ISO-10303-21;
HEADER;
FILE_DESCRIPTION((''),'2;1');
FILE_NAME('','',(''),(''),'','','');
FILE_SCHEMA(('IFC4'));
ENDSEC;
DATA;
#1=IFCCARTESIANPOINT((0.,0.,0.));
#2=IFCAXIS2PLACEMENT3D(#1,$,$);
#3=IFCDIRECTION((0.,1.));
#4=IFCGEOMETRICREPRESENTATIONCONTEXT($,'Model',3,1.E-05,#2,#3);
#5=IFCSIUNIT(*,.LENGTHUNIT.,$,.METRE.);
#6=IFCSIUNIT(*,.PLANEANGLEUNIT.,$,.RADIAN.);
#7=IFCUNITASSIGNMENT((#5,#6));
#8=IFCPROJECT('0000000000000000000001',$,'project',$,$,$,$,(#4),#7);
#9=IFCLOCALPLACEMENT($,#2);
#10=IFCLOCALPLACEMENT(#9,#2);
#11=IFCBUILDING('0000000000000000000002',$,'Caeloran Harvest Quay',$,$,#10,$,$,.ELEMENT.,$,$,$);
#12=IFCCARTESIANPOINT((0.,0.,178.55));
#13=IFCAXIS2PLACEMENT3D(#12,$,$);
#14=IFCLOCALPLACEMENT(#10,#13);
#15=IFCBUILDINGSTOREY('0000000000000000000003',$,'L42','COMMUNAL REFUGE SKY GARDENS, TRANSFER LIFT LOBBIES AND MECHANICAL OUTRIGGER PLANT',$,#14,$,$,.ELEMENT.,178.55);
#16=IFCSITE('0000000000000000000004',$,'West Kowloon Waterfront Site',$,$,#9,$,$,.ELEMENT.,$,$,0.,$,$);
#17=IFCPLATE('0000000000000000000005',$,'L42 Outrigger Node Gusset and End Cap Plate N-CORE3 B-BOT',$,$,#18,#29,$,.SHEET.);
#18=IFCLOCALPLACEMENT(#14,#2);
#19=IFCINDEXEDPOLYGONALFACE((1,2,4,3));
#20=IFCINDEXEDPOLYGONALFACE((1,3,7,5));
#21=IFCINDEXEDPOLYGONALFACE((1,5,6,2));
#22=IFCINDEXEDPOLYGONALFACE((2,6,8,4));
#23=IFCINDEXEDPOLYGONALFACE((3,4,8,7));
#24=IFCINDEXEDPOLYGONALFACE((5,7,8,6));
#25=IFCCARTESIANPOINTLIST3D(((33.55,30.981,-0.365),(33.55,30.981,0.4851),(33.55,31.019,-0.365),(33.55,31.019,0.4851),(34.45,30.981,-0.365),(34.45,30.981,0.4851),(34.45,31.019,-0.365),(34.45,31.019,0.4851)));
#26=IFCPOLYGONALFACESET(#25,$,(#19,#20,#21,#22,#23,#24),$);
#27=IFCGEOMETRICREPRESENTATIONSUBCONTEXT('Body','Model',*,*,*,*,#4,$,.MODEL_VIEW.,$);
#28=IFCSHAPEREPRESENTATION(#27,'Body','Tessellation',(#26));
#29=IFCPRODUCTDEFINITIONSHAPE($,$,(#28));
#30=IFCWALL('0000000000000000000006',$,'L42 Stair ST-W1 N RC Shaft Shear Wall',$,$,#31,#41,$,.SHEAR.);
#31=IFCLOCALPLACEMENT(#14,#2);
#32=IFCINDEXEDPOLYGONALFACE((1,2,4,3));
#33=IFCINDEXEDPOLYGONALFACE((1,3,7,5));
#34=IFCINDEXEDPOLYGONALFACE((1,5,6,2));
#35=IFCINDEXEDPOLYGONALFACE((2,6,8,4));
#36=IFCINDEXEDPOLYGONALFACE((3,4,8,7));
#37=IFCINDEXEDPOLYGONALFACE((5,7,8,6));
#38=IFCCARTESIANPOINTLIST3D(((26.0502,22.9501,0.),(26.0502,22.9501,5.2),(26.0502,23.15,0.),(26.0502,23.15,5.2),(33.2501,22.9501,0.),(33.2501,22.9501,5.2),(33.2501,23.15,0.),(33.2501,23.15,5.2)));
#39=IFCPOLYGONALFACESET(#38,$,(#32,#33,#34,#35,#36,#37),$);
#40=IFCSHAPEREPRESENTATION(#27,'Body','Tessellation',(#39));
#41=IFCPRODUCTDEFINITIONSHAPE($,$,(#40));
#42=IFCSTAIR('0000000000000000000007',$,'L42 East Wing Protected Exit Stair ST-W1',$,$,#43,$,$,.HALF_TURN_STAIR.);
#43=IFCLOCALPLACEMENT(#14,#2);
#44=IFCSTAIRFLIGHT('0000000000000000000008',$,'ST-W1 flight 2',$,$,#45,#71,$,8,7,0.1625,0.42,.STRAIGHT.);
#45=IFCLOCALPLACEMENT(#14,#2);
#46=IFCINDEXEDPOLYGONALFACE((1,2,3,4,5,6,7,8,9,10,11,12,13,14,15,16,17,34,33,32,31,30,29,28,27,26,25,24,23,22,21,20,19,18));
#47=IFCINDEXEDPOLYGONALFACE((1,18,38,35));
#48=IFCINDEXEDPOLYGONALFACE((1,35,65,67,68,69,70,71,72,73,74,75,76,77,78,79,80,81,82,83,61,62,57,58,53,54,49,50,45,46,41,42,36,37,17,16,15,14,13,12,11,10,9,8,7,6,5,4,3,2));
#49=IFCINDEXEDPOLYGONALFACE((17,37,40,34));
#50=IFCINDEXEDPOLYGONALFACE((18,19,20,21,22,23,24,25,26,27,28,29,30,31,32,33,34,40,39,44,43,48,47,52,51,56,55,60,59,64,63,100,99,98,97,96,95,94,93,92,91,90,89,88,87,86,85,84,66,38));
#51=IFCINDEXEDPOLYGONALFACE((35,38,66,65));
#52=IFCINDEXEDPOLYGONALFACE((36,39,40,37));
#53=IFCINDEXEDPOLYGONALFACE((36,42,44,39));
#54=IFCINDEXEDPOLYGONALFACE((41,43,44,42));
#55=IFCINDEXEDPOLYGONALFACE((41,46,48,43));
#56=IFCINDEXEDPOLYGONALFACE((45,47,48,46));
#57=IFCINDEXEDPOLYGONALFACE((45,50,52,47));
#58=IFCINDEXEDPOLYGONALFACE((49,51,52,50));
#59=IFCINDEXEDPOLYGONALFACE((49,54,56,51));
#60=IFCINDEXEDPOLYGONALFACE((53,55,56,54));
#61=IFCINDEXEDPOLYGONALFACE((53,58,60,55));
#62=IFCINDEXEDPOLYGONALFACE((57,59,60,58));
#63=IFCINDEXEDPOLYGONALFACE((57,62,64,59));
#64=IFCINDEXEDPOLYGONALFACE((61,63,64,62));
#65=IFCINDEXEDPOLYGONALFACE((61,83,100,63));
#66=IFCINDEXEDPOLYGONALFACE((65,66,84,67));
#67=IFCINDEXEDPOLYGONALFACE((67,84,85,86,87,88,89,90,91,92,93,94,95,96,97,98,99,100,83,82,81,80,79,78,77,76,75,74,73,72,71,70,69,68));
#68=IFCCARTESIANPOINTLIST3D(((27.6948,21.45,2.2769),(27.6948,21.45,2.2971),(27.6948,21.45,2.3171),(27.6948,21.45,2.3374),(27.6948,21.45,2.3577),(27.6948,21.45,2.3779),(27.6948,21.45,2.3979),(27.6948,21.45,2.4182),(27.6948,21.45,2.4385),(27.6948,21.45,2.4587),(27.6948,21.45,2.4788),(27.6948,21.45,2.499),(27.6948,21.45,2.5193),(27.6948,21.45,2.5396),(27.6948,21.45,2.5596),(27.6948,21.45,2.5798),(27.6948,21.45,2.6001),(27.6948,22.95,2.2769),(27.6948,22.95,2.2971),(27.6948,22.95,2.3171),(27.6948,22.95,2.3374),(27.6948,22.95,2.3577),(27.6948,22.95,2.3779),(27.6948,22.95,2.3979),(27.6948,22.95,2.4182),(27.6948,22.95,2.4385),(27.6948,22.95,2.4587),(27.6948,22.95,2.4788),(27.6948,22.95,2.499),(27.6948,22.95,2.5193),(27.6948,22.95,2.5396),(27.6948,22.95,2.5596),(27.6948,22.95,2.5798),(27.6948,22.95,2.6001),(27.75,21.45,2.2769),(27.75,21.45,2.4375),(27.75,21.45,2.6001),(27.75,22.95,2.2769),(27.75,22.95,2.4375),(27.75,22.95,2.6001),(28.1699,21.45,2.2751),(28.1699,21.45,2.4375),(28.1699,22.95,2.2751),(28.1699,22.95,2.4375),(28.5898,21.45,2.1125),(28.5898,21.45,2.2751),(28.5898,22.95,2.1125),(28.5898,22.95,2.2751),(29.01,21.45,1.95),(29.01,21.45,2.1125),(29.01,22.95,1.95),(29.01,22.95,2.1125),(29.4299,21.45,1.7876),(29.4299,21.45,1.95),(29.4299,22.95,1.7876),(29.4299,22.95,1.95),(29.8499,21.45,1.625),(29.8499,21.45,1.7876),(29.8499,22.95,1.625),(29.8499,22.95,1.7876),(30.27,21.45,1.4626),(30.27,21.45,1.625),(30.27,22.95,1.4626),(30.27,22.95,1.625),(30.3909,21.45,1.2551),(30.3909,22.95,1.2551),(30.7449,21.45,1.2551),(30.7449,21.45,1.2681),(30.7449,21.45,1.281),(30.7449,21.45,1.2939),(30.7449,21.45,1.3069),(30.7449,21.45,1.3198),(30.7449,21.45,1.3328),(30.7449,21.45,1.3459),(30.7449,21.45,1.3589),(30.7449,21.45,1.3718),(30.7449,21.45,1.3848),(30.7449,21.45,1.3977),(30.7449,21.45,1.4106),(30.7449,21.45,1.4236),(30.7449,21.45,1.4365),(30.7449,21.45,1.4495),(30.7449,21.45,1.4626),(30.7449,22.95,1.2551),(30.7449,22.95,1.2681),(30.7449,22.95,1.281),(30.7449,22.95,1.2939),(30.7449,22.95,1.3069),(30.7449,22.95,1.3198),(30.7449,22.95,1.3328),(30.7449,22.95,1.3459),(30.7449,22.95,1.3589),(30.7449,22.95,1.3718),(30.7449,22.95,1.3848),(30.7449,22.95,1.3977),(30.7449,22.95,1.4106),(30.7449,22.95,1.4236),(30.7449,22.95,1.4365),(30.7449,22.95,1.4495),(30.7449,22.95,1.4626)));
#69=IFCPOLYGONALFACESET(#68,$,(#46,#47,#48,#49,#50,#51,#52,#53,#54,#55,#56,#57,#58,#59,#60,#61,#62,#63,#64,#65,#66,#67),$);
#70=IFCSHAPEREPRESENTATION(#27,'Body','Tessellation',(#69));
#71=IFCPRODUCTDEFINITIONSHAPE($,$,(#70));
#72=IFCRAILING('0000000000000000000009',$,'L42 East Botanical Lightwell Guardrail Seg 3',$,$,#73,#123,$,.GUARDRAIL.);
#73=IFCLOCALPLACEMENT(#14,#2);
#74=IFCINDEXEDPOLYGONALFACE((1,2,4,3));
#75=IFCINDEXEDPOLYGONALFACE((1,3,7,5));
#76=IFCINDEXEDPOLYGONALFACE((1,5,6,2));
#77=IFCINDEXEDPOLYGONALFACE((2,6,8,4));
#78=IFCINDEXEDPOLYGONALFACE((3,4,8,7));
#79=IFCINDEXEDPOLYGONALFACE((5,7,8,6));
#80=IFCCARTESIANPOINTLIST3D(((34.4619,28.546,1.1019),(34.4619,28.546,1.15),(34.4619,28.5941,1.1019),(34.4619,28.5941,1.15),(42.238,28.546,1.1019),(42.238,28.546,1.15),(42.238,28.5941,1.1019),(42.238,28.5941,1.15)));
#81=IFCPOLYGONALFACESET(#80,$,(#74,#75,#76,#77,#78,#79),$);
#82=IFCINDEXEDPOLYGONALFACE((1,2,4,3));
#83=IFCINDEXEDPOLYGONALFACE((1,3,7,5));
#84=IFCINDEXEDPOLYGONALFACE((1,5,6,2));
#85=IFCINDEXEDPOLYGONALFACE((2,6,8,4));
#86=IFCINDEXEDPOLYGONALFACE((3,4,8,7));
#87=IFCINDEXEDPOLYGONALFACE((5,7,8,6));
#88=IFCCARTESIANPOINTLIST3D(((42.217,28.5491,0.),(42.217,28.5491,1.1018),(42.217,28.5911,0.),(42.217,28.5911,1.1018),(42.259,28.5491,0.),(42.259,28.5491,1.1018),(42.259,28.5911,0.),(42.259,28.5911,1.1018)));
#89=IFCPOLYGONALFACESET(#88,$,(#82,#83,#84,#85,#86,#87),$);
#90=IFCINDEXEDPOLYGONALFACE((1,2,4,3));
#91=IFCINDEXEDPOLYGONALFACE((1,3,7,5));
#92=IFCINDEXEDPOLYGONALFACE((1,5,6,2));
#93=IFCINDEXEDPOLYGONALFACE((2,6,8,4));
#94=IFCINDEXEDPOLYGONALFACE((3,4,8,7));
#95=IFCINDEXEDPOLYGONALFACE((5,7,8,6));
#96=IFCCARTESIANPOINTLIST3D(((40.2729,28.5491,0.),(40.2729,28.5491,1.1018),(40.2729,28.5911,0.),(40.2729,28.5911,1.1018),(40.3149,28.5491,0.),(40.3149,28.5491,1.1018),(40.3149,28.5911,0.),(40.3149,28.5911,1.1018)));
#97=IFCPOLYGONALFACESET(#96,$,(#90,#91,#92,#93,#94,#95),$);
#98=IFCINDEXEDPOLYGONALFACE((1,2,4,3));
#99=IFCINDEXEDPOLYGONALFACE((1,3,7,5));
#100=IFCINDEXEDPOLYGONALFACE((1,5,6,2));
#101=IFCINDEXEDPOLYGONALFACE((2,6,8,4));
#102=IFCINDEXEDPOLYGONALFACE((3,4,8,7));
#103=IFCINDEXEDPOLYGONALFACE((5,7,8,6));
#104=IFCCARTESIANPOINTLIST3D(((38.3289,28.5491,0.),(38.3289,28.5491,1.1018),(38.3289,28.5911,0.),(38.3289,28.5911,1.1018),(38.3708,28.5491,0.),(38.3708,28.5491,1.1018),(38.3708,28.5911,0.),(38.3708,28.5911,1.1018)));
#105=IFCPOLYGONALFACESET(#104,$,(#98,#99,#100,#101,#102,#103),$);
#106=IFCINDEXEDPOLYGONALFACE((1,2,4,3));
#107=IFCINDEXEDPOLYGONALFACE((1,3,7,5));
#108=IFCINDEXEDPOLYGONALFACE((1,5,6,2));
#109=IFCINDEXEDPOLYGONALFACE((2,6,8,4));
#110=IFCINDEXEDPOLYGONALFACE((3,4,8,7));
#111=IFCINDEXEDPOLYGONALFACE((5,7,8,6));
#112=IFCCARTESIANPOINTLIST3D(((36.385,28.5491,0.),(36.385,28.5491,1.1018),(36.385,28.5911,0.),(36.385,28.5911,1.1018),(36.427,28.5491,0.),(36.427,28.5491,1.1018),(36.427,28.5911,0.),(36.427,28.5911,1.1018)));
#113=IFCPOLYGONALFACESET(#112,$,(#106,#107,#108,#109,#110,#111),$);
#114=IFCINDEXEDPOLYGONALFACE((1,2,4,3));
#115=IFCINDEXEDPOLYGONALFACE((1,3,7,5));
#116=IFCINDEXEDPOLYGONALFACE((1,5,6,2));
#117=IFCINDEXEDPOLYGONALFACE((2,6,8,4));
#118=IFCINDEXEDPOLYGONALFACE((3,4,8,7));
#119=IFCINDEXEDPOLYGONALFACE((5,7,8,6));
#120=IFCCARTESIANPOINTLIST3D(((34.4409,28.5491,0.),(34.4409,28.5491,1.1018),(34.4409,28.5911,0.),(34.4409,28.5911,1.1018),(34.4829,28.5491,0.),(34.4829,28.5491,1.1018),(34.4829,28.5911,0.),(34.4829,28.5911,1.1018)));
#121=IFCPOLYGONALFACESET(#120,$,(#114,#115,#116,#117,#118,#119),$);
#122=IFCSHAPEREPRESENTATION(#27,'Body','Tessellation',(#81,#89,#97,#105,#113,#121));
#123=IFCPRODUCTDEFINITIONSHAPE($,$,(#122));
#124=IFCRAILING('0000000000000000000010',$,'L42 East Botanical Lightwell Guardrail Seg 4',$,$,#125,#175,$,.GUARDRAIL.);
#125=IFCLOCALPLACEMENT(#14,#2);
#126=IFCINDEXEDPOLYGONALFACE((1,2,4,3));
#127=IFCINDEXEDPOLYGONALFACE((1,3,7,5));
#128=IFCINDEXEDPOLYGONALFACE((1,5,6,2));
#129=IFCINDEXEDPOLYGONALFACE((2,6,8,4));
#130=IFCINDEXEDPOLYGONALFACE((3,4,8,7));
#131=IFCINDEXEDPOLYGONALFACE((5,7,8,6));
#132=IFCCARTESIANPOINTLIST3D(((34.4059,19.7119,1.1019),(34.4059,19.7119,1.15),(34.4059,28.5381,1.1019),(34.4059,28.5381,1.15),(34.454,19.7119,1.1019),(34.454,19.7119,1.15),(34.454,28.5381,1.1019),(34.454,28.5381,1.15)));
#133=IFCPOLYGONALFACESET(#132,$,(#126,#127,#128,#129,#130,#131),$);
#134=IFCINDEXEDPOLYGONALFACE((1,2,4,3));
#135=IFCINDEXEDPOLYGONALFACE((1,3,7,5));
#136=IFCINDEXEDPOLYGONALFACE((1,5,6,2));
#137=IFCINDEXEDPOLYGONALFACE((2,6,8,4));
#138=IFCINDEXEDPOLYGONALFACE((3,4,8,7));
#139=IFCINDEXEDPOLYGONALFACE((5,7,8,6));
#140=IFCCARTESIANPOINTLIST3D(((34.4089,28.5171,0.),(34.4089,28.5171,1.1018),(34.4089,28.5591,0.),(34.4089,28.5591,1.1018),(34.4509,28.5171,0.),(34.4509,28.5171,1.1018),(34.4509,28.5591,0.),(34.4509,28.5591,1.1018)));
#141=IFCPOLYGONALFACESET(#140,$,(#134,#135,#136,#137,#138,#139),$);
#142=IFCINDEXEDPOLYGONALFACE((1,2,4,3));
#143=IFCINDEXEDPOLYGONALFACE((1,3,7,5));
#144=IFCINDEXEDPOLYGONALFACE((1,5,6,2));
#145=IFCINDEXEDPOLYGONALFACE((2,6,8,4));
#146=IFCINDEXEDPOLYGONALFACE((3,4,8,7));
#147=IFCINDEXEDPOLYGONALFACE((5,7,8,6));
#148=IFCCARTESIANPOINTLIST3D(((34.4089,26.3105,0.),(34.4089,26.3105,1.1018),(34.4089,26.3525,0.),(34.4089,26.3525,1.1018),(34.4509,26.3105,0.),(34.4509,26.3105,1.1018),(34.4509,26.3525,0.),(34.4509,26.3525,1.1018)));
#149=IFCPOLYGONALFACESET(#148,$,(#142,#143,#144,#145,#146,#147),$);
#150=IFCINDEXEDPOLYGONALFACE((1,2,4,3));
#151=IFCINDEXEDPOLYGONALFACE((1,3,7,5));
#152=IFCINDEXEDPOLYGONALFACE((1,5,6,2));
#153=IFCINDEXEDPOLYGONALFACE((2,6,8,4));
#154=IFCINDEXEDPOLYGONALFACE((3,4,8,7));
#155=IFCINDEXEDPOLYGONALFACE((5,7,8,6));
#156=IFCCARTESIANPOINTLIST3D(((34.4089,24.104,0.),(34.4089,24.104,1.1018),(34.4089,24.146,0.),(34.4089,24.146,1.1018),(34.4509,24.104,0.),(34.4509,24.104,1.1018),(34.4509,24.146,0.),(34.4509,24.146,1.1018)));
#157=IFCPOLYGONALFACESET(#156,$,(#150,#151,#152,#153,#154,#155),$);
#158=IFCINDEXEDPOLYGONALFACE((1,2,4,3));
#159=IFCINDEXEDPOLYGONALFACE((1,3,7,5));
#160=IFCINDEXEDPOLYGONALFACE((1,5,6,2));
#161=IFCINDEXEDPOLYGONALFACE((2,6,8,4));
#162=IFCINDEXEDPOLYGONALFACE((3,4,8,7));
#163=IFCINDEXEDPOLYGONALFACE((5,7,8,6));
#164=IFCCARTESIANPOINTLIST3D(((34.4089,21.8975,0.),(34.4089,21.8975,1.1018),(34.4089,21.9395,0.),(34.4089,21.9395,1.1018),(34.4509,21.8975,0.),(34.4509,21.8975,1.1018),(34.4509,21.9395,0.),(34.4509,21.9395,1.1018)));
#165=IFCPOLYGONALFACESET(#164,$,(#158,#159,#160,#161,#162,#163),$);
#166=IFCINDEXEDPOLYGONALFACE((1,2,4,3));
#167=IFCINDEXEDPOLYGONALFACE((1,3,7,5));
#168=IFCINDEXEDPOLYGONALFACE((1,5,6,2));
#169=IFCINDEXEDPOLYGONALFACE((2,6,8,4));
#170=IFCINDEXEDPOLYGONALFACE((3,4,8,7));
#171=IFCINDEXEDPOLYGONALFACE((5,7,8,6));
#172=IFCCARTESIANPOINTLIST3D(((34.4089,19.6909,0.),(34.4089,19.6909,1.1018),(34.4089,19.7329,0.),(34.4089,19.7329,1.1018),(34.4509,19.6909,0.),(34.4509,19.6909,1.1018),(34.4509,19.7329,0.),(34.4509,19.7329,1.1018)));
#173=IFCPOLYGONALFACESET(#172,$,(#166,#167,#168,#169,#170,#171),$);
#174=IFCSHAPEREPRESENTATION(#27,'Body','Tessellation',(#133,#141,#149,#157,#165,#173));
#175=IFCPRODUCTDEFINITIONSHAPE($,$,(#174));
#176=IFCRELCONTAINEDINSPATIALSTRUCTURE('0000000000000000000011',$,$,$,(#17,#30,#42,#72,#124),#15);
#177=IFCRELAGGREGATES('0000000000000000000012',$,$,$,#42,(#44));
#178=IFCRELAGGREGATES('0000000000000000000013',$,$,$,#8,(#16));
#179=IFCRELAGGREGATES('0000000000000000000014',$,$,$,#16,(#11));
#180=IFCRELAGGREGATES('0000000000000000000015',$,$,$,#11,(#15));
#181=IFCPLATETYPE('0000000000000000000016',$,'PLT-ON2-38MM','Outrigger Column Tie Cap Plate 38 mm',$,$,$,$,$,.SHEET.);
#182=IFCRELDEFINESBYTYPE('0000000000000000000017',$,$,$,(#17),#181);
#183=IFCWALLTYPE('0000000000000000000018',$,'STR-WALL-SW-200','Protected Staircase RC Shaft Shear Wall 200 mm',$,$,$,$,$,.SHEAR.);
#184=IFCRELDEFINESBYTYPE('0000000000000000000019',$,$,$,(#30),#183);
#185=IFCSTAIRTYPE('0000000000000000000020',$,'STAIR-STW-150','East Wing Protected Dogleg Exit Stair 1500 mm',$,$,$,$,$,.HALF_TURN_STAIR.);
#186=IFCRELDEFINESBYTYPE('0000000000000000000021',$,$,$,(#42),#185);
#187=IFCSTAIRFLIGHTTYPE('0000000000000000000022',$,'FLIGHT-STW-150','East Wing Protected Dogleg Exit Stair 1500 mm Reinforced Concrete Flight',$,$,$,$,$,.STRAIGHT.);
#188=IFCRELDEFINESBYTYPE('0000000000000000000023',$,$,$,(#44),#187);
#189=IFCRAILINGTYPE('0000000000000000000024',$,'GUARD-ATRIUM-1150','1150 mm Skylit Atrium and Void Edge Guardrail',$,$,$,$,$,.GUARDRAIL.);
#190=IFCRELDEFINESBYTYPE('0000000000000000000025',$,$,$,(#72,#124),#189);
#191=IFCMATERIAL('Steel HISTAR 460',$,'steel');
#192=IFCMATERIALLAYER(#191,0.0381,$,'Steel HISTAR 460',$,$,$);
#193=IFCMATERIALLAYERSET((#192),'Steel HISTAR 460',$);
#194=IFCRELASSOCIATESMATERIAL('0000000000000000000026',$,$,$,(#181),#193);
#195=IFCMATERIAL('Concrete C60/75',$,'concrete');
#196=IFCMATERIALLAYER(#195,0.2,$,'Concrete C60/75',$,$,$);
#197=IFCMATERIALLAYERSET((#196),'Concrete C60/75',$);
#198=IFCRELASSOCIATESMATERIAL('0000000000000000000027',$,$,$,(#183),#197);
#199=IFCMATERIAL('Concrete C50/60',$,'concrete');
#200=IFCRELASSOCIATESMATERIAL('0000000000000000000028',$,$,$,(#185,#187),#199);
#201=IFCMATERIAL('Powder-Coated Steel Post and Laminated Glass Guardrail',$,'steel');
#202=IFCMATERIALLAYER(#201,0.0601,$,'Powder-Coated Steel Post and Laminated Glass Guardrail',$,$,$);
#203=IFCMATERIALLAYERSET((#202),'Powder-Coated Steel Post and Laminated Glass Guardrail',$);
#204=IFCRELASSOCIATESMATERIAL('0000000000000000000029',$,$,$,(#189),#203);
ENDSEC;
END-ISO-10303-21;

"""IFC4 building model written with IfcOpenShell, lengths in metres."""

from ifc_helpers import new_model, si_unit, direction, frame, frame_2d, origin, origin_2d, place, context, subcontext, project, spatial, polyline, rectangle, outline, extrude, material, layer, layer_set, type_object, element, aggregate, save


model = new_model("IFC4")

# Units and contexts
model_context = context("Model", 3, precision=1e-05, world=origin(), true_north=direction((0.0, 1.0)))
body_context = subcontext(model_context, "Body", "Model", "MODEL_VIEW")
ifc_project = project(units=[si_unit("LENGTHUNIT", "METRE"), si_unit("PLANEANGLEUNIT", "RADIAN")], contexts=[model_context])

# Site, building, storey
site_placement = place(None, origin())
site = spatial("IfcSite", under=ifc_project, at=site_placement, Name="West Kowloon Waterfront Site", CompositionType="ELEMENT", RefElevation=0.0)
building_placement = place(site_placement, origin())
building = spatial("IfcBuilding", under=site, at=building_placement, Name="Caeloran Harvest Quay", CompositionType="ELEMENT")
storey_placement = place(building_placement, frame((0.0, 0.0, 178.55)))
storey = spatial("IfcBuildingStorey", under=building, at=storey_placement, Name="L42", Description="COMMUNAL REFUGE SKY GARDENS, TRANSFER LIFT LOBBIES AND MECHANICAL OUTRIGGER PLANT", CompositionType="ELEMENT", Elevation=178.55)

# Shared definitions
ifc_material_1 = material(Name="Steel HISTAR 460", Category="steel")

# Plate
ifc_layer_1 = layer(ifc_material_1, 0.0381, Name="Steel HISTAR 460")
ifc_layer_set_1 = layer_set([ifc_layer_1], Name="Steel HISTAR 460")
plate_type_1 = type_object("IfcPlateType", Name="PLT-ON2-38MM", Description="Outrigger Column Tie Cap Plate 38 mm", PredefinedType="SHEET", material=ifc_layer_set_1)
for number, where, z_axis, x_axis, name in (
    (1, (34.0, 31.0, -0.365), (0.0, 0.0, 1.0), (1.0, 0.0, 0.0), "L42 Outrigger Node Gusset and End Cap Plate N-CORE3 B-BOT"),
):
    element("IfcPlate", number, at=place(storey_placement, frame(where, z_axis=z_axis, x_axis=x_axis)), inside=storey, type_object=plate_type_1, Name=name, PredefinedType="SHEET", context=body_context, shape_type="SweptSolid", body=[
        extrude(rectangle(XDim=0.8999, YDim=0.0381, at=origin_2d()), origin(), (0.0, 0.0, 1.0), 0.8501),
    ])

# Wall
ifc_material_2 = material(Name="Concrete C60/75", Category="concrete")
ifc_layer_2 = layer(ifc_material_2, 0.2, Name="Concrete C60/75")
ifc_layer_set_2 = layer_set([ifc_layer_2], Name="Concrete C60/75")
wall_type = type_object("IfcWallType", Name="STR-WALL-SW-200", Description="Protected Staircase RC Shaft Shear Wall 200 mm", PredefinedType="SHEAR", material=ifc_layer_set_2)
wall_placement = place(storey_placement, frame((26.05, 23.05, 0.0), z_axis=(0.0, 0.0, 1.0), x_axis=(1.0, 0.0, 0.0)))
element("IfcWall", 2, at=wall_placement, inside=storey, type_object=wall_type, Name="L42 Stair ST-W1 N RC Shaft Shear Wall", PredefinedType="SHEAR", context=body_context, shape_type="SweptSolid", body=[
    extrude(rectangle(XDim=7.2, YDim=0.2, at=frame_2d((3.6001, 0.0))), origin(), (0.0, 0.0, 1.0), 5.2),
])

# Stair, stair flight
ifc_material_3 = material(Name="Concrete C50/60", Category="concrete")
stair_type = type_object("IfcStairType", Name="STAIR-STW-150", Description="East Wing Protected Dogleg Exit Stair 1500 mm", PredefinedType="HALF_TURN_STAIR", material=ifc_material_3)
stair_placement = place(storey_placement, origin())
stair = element("IfcStair", 3, at=stair_placement, inside=storey, type_object=stair_type, Name="L42 East Wing Protected Exit Stair ST-W1", PredefinedType="HALF_TURN_STAIR")
stair_flight_type = type_object("IfcStairFlightType", Name="FLIGHT-STW-150", Description="East Wing Protected Dogleg Exit Stair 1500 mm Reinforced Concrete Flight", PredefinedType="STRAIGHT", material=ifc_material_3)
stair_flight_1_placement = place(storey_placement, frame((30.6899, 22.2, 1.3), z_axis=(0.0, 0.0, 1.0), x_axis=(-1.0, 0.0, 0.0)))
stair_flight_1 = element("IfcStairFlight", 4, at=stair_flight_1_placement, type_object=stair_flight_type, Name="ST-W1 flight 2", NumberOfRisers=8, NumberOfTreads=7, PredefinedType="STRAIGHT", RiserHeight=0.1625, TreadLength=0.42, context=body_context, shape_type="SweptSolid", body=[
    extrude(outline(polyline([(-0.0549, -0.0449), (-0.0549, -0.032), (-0.0549, -0.019), (-0.0549, -0.0061), (-0.0549, 0.0068), (-0.0549, 0.0198), (-0.0549, 0.0327), (-0.0549, 0.0459), (-0.0549, 0.0588), (-0.0549, 0.0718), (-0.0549, 0.0847), (-0.0549, 0.0977), (-0.0549, 0.1106), (-0.0549, 0.1235), (-0.0549, 0.1365), (-0.0549, 0.1494), (-0.0549, 0.1626), (0.4199, 0.1626), (0.4199, 0.325), (0.8401, 0.325), (0.8401, 0.4875), (1.26, 0.4875), (1.26, 0.6499), (1.6799, 0.6499), (1.6799, 0.8125), (2.1001, 0.8125), (2.1001, 0.9751), (2.52, 0.9751), (2.52, 1.1375), (2.9399, 1.1375), (2.9399, 1.3), (2.9951, 1.3), (2.9951, 1.2798), (2.9951, 1.2595), (2.9951, 1.2395), (2.9951, 1.2192), (2.9951, 1.199), (2.9951, 1.1787), (2.9951, 1.1587), (2.9951, 1.1384), (2.9951, 1.1182), (2.9951, 1.0979), (2.9951, 1.0779), (2.9951, 1.0576), (2.9951, 1.0374), (2.9951, 1.0171), (2.9951, 0.9971), (2.9951, 0.9768), (2.9399, 0.9768), (0.2991, -0.0449), (-0.0549, -0.0449)])), frame((0.0, 0.75, 0.0), z_axis=(0.0, -1.0, 0.0), x_axis=(1.0, 0.0, 0.0)), (0.0, 0.0, 1.0), 1.5),
])
aggregate(stair, [stair_flight_1])

# Railings
ifc_material_4 = material(Name="Powder-Coated Steel Post and Laminated Glass Guardrail", Category="steel")
ifc_layer_3 = layer(ifc_material_4, 0.0601, Name="Powder-Coated Steel Post and Laminated Glass Guardrail")
ifc_layer_set_3 = layer_set([ifc_layer_3], Name="Powder-Coated Steel Post and Laminated Glass Guardrail")
railing_type_1 = type_object("IfcRailingType", Name="GUARD-ATRIUM-1150", Description="1150 mm Skylit Atrium and Void Edge Guardrail", PredefinedType="GUARDRAIL", material=ifc_layer_set_3)
railing_1_placement = place(storey_placement, frame((42.238, 28.5701, 0.0)))
element("IfcRailing", 5, at=railing_1_placement, inside=storey, type_object=railing_type_1, Name="L42 East Botanical Lightwell Guardrail Seg 3", PredefinedType="GUARDRAIL", context=body_context, shape_type="SweptSolid", body=[
    extrude(rectangle(XDim=0.0481, YDim=0.0481, at=origin_2d()), frame((0.0, 0.0, 1.126), z_axis=(-1.0, 0.0, 0.0), x_axis=(0.0, -1.0, 0.0)), (0.0, 0.0, 1.0), 7.7761),
    extrude(rectangle(XDim=0.042, YDim=0.042, at=origin_2d()), origin(), (0.0, 0.0, 1.0), 1.1018),
    extrude(rectangle(XDim=0.042, YDim=0.042, at=origin_2d()), frame((-1.9441, 0.0, 0.0)), (0.0, 0.0, 1.0), 1.1018),
    extrude(rectangle(XDim=0.042, YDim=0.042, at=origin_2d()), frame((-3.8882, 0.0, 0.0)), (0.0, 0.0, 1.0), 1.1018),
    extrude(rectangle(XDim=0.042, YDim=0.042, at=origin_2d()), frame((-5.832, 0.0, 0.0)), (0.0, 0.0, 1.0), 1.1018),
    extrude(rectangle(XDim=0.042, YDim=0.042, at=origin_2d()), frame((-7.7761, 0.0, 0.0)), (0.0, 0.0, 1.0), 1.1018),
])
railing_2_placement = place(storey_placement, frame((34.4299, 28.5381, 0.0)))
element("IfcRailing", 6, at=railing_2_placement, inside=storey, type_object=railing_type_1, Name="L42 East Botanical Lightwell Guardrail Seg 4", PredefinedType="GUARDRAIL", context=body_context, shape_type="SweptSolid", body=[
    extrude(rectangle(XDim=0.0481, YDim=0.0481, at=origin_2d()), frame((0.0, 0.0, 1.126), z_axis=(0.0, -1.0, 0.0), x_axis=(1.0, 0.0, 0.0)), (0.0, 0.0, 1.0), 8.8262),
    extrude(rectangle(XDim=0.042, YDim=0.042, at=origin_2d()), origin(), (0.0, 0.0, 1.0), 1.1018),
    extrude(rectangle(XDim=0.042, YDim=0.042, at=origin_2d()), frame((0.0, -2.2065, 0.0)), (0.0, 0.0, 1.0), 1.1018),
    extrude(rectangle(XDim=0.042, YDim=0.042, at=origin_2d()), frame((0.0, -4.4131, 0.0)), (0.0, 0.0, 1.0), 1.1018),
    extrude(rectangle(XDim=0.042, YDim=0.042, at=origin_2d()), frame((0.0, -6.6196, 0.0)), (0.0, 0.0, 1.0), 1.1018),
    extrude(rectangle(XDim=0.042, YDim=0.042, at=origin_2d()), frame((0.0, -8.8262, 0.0)), (0.0, 0.0, 1.0), 1.1018),
])

save(model, "model.ifc")
